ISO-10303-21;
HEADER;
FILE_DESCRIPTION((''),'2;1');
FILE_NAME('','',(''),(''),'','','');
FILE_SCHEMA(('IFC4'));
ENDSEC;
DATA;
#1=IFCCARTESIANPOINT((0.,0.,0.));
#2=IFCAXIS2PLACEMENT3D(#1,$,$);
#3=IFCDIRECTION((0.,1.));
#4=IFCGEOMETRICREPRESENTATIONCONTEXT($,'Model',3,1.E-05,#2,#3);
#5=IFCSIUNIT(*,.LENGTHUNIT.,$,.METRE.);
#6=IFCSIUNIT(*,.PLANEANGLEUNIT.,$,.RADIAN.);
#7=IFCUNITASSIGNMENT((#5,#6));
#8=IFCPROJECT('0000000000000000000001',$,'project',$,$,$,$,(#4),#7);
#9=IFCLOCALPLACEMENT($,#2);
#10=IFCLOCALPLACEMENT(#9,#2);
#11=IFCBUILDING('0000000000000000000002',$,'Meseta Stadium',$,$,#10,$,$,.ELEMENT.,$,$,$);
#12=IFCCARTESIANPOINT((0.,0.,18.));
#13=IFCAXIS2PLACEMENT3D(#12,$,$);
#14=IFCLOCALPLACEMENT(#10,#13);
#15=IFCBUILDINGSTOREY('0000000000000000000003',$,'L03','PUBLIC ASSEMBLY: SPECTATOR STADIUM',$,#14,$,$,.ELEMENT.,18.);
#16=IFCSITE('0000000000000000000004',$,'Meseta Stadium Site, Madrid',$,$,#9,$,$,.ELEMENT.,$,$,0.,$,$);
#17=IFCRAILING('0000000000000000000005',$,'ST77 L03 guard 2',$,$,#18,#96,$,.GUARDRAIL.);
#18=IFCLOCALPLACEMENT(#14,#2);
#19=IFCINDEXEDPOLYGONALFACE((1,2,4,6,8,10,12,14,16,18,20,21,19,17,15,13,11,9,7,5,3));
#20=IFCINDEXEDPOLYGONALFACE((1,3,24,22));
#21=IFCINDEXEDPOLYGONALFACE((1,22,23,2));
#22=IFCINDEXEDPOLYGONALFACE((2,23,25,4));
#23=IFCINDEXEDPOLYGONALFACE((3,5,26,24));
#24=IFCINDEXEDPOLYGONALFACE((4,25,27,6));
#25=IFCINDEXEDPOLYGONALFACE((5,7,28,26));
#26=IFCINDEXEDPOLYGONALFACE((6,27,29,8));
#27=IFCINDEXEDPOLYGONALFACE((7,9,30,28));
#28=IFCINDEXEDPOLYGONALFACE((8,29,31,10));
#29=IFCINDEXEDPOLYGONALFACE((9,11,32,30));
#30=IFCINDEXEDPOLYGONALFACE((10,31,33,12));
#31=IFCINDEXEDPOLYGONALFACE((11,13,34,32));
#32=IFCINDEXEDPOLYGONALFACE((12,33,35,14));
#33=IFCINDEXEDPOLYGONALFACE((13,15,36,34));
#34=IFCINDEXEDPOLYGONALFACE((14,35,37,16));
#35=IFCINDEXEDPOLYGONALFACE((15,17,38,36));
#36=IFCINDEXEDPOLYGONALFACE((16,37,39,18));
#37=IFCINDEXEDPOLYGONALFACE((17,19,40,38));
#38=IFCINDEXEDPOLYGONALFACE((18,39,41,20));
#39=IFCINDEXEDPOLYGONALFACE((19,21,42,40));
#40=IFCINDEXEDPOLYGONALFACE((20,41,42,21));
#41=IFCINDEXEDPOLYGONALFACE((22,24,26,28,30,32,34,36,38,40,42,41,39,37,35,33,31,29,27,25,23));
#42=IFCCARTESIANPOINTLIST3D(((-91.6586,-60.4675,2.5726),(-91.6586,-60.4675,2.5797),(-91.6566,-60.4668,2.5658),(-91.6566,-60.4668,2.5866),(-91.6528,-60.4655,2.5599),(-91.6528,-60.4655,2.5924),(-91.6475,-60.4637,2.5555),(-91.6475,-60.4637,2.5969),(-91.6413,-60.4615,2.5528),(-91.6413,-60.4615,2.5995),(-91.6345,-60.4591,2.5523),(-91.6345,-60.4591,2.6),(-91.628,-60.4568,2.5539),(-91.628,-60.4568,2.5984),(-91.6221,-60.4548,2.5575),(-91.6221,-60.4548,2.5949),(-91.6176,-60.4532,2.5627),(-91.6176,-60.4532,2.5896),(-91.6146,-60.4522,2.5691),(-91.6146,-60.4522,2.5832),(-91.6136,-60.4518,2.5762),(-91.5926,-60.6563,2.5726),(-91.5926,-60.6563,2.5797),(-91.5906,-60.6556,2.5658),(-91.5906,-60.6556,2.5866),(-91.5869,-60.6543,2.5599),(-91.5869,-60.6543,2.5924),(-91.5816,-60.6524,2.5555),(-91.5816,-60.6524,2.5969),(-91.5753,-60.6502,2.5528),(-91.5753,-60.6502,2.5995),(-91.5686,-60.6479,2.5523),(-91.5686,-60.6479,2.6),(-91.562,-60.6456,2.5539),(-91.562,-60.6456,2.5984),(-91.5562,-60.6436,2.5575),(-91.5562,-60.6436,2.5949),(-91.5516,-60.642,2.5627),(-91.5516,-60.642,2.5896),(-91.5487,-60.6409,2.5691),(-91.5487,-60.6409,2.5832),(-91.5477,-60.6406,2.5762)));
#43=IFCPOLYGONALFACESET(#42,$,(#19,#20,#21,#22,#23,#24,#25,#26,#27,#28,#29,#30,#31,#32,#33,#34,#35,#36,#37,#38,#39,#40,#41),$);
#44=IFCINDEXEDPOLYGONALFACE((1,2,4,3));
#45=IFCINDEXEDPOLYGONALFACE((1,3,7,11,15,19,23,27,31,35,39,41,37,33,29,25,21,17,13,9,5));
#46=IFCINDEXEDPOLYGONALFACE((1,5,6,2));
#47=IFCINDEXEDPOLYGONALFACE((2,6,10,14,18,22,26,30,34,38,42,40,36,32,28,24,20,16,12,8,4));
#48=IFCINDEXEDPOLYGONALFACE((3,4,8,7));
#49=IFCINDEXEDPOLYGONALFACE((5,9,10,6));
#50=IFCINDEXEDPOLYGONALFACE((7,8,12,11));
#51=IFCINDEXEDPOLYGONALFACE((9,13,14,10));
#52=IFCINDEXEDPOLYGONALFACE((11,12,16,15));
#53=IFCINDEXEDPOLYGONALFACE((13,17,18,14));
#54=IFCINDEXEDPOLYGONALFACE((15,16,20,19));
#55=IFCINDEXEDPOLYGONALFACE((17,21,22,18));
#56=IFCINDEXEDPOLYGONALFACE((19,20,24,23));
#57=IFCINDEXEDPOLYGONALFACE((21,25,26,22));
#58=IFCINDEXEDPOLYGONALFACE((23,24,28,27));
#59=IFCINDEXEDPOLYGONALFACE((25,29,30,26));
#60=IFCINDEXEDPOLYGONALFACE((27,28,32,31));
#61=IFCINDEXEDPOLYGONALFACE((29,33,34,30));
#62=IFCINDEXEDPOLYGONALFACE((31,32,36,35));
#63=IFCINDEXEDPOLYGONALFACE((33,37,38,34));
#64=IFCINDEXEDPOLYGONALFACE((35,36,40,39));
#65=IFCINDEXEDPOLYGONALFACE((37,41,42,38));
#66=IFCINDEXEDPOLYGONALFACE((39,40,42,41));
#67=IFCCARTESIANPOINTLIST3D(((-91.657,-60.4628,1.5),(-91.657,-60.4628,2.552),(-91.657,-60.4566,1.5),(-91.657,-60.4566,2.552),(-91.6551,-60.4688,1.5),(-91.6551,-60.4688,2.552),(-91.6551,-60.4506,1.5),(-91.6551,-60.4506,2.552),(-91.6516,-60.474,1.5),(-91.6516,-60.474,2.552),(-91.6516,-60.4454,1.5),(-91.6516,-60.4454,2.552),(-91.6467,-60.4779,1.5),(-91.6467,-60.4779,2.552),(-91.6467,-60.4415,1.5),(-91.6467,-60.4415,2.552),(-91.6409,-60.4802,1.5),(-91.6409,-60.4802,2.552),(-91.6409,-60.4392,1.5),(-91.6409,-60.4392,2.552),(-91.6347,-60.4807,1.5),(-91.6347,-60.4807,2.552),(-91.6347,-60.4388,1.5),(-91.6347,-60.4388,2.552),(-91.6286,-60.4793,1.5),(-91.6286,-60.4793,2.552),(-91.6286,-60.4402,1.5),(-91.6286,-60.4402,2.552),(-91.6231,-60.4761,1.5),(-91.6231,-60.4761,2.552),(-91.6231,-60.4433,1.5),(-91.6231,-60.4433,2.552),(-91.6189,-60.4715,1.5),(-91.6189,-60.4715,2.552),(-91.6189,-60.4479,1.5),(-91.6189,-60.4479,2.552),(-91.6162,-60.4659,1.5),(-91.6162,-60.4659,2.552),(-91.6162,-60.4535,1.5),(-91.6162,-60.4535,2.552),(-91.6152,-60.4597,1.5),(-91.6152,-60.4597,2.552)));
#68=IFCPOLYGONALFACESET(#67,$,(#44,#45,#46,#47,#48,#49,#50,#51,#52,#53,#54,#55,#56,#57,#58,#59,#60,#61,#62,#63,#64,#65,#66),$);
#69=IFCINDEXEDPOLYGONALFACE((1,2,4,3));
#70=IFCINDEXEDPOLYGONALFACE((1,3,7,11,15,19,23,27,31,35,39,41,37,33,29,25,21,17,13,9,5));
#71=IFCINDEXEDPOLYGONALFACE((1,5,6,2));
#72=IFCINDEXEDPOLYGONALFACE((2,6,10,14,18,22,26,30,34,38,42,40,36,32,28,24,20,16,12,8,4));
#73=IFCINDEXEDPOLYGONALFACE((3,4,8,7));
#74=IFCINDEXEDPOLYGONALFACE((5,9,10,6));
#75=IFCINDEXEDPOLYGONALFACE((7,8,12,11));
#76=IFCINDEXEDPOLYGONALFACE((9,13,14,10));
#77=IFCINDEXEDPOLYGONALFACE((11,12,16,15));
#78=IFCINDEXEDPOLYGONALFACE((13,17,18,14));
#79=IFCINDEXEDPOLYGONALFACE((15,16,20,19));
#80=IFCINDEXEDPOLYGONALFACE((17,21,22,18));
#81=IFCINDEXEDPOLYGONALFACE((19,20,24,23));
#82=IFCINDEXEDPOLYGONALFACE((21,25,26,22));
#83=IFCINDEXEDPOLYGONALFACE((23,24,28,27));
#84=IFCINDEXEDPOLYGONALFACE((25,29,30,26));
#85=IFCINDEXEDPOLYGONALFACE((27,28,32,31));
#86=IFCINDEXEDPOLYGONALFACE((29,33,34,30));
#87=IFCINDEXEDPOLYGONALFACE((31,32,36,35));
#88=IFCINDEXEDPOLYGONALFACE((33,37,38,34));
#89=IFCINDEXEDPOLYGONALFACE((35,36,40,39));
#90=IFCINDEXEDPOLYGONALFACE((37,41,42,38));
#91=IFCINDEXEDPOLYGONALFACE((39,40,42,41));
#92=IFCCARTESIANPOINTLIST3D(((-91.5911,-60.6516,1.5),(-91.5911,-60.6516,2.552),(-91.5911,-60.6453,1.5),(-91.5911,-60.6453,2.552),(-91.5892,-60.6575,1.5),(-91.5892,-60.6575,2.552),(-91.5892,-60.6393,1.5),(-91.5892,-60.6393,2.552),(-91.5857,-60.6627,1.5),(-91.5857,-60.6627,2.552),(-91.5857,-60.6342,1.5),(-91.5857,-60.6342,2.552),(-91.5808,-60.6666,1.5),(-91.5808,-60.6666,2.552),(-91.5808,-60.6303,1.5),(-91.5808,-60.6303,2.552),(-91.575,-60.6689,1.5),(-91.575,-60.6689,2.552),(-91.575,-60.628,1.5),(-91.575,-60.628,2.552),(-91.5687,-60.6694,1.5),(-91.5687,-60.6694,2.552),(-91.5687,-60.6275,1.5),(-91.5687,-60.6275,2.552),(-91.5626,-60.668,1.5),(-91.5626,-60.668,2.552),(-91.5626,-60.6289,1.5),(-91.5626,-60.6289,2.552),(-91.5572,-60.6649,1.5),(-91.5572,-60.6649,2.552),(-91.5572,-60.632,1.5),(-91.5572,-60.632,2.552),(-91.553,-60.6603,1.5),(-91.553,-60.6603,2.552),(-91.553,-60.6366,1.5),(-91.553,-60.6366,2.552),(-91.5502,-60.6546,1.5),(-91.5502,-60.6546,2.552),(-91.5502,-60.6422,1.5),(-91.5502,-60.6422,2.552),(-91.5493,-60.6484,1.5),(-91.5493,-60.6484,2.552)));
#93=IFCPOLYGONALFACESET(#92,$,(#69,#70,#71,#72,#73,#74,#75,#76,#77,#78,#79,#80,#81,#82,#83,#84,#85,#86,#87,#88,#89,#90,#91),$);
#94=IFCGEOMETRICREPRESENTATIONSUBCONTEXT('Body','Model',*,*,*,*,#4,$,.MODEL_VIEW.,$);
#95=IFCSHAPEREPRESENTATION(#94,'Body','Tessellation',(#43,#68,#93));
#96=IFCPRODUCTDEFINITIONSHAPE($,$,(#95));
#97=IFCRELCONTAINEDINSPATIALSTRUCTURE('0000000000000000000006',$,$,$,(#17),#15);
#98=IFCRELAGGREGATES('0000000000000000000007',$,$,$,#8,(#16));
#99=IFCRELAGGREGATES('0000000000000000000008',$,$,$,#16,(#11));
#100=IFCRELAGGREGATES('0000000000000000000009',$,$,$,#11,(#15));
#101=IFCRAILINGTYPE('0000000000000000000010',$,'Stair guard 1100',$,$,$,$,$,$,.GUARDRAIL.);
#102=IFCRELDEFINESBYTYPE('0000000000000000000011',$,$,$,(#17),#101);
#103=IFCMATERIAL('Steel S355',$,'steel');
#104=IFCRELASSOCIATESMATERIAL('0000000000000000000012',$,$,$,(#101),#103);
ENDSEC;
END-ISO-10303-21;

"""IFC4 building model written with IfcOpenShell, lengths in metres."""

from ifc_helpers import new_model, si_unit, direction, frame, origin, origin_2d, place, context, subcontext, project, spatial, circle, extrude, material, type_object, element, save


model = new_model("IFC4")

# Units and contexts
model_context = context("Model", 3, precision=1e-05, world=origin(), true_north=direction((0.0, 1.0)))
body_context = subcontext(model_context, "Body", "Model", "MODEL_VIEW")
ifc_project = project(units=[si_unit("LENGTHUNIT", "METRE"), si_unit("PLANEANGLEUNIT", "RADIAN")], contexts=[model_context])

# Site, building, storey
site_placement = place(None, origin())
site = spatial("IfcSite", under=ifc_project, at=site_placement, Name="Meseta Stadium Site, Madrid", CompositionType="ELEMENT", RefElevation=0.0)
building_placement = place(site_placement, origin())
building = spatial("IfcBuilding", under=site, at=building_placement, Name="Meseta Stadium", CompositionType="ELEMENT")
storey_placement = place(building_placement, frame((0.0, 0.0, 18.0)))
storey = spatial("IfcBuildingStorey", under=building, at=storey_placement, Name="L03", Description="PUBLIC ASSEMBLY: SPECTATOR STADIUM", CompositionType="ELEMENT", Elevation=18.0)

# Railing
ifc_material_1 = material(Name="Steel S355", Category="steel")
railing_type_1 = type_object("IfcRailingType", Name="Stair guard 1100", PredefinedType="GUARDRAIL", material=ifc_material_1)
railing_1_placement = place(storey_placement, frame((-91.6362, -60.4597, 1.5)))
element("IfcRailing", 1, at=railing_1_placement, inside=storey, type_object=railing_type_1, Name="ST77 L03 guard 2", PredefinedType="GUARDRAIL", context=body_context, shape_type="SweptSolid", body=[
    extrude(circle(Radius=0.0239, at=origin_2d()), frame((0.0, 0.0, 1.0762), z_axis=(0.329752, -0.944068, 0.0), x_axis=(0.944068, 0.329752, 0.0)), (0.0, 0.0, 1.0), 0.2),
    extrude(circle(Radius=0.021, at=origin_2d()), origin(), (0.0, 0.0, 1.0), 1.052),
    extrude(circle(Radius=0.021, at=origin_2d()), frame((0.0659, -0.1887, 0.0)), (0.0, 0.0, 1.0), 1.052),
])

save(model, "model.ifc")
